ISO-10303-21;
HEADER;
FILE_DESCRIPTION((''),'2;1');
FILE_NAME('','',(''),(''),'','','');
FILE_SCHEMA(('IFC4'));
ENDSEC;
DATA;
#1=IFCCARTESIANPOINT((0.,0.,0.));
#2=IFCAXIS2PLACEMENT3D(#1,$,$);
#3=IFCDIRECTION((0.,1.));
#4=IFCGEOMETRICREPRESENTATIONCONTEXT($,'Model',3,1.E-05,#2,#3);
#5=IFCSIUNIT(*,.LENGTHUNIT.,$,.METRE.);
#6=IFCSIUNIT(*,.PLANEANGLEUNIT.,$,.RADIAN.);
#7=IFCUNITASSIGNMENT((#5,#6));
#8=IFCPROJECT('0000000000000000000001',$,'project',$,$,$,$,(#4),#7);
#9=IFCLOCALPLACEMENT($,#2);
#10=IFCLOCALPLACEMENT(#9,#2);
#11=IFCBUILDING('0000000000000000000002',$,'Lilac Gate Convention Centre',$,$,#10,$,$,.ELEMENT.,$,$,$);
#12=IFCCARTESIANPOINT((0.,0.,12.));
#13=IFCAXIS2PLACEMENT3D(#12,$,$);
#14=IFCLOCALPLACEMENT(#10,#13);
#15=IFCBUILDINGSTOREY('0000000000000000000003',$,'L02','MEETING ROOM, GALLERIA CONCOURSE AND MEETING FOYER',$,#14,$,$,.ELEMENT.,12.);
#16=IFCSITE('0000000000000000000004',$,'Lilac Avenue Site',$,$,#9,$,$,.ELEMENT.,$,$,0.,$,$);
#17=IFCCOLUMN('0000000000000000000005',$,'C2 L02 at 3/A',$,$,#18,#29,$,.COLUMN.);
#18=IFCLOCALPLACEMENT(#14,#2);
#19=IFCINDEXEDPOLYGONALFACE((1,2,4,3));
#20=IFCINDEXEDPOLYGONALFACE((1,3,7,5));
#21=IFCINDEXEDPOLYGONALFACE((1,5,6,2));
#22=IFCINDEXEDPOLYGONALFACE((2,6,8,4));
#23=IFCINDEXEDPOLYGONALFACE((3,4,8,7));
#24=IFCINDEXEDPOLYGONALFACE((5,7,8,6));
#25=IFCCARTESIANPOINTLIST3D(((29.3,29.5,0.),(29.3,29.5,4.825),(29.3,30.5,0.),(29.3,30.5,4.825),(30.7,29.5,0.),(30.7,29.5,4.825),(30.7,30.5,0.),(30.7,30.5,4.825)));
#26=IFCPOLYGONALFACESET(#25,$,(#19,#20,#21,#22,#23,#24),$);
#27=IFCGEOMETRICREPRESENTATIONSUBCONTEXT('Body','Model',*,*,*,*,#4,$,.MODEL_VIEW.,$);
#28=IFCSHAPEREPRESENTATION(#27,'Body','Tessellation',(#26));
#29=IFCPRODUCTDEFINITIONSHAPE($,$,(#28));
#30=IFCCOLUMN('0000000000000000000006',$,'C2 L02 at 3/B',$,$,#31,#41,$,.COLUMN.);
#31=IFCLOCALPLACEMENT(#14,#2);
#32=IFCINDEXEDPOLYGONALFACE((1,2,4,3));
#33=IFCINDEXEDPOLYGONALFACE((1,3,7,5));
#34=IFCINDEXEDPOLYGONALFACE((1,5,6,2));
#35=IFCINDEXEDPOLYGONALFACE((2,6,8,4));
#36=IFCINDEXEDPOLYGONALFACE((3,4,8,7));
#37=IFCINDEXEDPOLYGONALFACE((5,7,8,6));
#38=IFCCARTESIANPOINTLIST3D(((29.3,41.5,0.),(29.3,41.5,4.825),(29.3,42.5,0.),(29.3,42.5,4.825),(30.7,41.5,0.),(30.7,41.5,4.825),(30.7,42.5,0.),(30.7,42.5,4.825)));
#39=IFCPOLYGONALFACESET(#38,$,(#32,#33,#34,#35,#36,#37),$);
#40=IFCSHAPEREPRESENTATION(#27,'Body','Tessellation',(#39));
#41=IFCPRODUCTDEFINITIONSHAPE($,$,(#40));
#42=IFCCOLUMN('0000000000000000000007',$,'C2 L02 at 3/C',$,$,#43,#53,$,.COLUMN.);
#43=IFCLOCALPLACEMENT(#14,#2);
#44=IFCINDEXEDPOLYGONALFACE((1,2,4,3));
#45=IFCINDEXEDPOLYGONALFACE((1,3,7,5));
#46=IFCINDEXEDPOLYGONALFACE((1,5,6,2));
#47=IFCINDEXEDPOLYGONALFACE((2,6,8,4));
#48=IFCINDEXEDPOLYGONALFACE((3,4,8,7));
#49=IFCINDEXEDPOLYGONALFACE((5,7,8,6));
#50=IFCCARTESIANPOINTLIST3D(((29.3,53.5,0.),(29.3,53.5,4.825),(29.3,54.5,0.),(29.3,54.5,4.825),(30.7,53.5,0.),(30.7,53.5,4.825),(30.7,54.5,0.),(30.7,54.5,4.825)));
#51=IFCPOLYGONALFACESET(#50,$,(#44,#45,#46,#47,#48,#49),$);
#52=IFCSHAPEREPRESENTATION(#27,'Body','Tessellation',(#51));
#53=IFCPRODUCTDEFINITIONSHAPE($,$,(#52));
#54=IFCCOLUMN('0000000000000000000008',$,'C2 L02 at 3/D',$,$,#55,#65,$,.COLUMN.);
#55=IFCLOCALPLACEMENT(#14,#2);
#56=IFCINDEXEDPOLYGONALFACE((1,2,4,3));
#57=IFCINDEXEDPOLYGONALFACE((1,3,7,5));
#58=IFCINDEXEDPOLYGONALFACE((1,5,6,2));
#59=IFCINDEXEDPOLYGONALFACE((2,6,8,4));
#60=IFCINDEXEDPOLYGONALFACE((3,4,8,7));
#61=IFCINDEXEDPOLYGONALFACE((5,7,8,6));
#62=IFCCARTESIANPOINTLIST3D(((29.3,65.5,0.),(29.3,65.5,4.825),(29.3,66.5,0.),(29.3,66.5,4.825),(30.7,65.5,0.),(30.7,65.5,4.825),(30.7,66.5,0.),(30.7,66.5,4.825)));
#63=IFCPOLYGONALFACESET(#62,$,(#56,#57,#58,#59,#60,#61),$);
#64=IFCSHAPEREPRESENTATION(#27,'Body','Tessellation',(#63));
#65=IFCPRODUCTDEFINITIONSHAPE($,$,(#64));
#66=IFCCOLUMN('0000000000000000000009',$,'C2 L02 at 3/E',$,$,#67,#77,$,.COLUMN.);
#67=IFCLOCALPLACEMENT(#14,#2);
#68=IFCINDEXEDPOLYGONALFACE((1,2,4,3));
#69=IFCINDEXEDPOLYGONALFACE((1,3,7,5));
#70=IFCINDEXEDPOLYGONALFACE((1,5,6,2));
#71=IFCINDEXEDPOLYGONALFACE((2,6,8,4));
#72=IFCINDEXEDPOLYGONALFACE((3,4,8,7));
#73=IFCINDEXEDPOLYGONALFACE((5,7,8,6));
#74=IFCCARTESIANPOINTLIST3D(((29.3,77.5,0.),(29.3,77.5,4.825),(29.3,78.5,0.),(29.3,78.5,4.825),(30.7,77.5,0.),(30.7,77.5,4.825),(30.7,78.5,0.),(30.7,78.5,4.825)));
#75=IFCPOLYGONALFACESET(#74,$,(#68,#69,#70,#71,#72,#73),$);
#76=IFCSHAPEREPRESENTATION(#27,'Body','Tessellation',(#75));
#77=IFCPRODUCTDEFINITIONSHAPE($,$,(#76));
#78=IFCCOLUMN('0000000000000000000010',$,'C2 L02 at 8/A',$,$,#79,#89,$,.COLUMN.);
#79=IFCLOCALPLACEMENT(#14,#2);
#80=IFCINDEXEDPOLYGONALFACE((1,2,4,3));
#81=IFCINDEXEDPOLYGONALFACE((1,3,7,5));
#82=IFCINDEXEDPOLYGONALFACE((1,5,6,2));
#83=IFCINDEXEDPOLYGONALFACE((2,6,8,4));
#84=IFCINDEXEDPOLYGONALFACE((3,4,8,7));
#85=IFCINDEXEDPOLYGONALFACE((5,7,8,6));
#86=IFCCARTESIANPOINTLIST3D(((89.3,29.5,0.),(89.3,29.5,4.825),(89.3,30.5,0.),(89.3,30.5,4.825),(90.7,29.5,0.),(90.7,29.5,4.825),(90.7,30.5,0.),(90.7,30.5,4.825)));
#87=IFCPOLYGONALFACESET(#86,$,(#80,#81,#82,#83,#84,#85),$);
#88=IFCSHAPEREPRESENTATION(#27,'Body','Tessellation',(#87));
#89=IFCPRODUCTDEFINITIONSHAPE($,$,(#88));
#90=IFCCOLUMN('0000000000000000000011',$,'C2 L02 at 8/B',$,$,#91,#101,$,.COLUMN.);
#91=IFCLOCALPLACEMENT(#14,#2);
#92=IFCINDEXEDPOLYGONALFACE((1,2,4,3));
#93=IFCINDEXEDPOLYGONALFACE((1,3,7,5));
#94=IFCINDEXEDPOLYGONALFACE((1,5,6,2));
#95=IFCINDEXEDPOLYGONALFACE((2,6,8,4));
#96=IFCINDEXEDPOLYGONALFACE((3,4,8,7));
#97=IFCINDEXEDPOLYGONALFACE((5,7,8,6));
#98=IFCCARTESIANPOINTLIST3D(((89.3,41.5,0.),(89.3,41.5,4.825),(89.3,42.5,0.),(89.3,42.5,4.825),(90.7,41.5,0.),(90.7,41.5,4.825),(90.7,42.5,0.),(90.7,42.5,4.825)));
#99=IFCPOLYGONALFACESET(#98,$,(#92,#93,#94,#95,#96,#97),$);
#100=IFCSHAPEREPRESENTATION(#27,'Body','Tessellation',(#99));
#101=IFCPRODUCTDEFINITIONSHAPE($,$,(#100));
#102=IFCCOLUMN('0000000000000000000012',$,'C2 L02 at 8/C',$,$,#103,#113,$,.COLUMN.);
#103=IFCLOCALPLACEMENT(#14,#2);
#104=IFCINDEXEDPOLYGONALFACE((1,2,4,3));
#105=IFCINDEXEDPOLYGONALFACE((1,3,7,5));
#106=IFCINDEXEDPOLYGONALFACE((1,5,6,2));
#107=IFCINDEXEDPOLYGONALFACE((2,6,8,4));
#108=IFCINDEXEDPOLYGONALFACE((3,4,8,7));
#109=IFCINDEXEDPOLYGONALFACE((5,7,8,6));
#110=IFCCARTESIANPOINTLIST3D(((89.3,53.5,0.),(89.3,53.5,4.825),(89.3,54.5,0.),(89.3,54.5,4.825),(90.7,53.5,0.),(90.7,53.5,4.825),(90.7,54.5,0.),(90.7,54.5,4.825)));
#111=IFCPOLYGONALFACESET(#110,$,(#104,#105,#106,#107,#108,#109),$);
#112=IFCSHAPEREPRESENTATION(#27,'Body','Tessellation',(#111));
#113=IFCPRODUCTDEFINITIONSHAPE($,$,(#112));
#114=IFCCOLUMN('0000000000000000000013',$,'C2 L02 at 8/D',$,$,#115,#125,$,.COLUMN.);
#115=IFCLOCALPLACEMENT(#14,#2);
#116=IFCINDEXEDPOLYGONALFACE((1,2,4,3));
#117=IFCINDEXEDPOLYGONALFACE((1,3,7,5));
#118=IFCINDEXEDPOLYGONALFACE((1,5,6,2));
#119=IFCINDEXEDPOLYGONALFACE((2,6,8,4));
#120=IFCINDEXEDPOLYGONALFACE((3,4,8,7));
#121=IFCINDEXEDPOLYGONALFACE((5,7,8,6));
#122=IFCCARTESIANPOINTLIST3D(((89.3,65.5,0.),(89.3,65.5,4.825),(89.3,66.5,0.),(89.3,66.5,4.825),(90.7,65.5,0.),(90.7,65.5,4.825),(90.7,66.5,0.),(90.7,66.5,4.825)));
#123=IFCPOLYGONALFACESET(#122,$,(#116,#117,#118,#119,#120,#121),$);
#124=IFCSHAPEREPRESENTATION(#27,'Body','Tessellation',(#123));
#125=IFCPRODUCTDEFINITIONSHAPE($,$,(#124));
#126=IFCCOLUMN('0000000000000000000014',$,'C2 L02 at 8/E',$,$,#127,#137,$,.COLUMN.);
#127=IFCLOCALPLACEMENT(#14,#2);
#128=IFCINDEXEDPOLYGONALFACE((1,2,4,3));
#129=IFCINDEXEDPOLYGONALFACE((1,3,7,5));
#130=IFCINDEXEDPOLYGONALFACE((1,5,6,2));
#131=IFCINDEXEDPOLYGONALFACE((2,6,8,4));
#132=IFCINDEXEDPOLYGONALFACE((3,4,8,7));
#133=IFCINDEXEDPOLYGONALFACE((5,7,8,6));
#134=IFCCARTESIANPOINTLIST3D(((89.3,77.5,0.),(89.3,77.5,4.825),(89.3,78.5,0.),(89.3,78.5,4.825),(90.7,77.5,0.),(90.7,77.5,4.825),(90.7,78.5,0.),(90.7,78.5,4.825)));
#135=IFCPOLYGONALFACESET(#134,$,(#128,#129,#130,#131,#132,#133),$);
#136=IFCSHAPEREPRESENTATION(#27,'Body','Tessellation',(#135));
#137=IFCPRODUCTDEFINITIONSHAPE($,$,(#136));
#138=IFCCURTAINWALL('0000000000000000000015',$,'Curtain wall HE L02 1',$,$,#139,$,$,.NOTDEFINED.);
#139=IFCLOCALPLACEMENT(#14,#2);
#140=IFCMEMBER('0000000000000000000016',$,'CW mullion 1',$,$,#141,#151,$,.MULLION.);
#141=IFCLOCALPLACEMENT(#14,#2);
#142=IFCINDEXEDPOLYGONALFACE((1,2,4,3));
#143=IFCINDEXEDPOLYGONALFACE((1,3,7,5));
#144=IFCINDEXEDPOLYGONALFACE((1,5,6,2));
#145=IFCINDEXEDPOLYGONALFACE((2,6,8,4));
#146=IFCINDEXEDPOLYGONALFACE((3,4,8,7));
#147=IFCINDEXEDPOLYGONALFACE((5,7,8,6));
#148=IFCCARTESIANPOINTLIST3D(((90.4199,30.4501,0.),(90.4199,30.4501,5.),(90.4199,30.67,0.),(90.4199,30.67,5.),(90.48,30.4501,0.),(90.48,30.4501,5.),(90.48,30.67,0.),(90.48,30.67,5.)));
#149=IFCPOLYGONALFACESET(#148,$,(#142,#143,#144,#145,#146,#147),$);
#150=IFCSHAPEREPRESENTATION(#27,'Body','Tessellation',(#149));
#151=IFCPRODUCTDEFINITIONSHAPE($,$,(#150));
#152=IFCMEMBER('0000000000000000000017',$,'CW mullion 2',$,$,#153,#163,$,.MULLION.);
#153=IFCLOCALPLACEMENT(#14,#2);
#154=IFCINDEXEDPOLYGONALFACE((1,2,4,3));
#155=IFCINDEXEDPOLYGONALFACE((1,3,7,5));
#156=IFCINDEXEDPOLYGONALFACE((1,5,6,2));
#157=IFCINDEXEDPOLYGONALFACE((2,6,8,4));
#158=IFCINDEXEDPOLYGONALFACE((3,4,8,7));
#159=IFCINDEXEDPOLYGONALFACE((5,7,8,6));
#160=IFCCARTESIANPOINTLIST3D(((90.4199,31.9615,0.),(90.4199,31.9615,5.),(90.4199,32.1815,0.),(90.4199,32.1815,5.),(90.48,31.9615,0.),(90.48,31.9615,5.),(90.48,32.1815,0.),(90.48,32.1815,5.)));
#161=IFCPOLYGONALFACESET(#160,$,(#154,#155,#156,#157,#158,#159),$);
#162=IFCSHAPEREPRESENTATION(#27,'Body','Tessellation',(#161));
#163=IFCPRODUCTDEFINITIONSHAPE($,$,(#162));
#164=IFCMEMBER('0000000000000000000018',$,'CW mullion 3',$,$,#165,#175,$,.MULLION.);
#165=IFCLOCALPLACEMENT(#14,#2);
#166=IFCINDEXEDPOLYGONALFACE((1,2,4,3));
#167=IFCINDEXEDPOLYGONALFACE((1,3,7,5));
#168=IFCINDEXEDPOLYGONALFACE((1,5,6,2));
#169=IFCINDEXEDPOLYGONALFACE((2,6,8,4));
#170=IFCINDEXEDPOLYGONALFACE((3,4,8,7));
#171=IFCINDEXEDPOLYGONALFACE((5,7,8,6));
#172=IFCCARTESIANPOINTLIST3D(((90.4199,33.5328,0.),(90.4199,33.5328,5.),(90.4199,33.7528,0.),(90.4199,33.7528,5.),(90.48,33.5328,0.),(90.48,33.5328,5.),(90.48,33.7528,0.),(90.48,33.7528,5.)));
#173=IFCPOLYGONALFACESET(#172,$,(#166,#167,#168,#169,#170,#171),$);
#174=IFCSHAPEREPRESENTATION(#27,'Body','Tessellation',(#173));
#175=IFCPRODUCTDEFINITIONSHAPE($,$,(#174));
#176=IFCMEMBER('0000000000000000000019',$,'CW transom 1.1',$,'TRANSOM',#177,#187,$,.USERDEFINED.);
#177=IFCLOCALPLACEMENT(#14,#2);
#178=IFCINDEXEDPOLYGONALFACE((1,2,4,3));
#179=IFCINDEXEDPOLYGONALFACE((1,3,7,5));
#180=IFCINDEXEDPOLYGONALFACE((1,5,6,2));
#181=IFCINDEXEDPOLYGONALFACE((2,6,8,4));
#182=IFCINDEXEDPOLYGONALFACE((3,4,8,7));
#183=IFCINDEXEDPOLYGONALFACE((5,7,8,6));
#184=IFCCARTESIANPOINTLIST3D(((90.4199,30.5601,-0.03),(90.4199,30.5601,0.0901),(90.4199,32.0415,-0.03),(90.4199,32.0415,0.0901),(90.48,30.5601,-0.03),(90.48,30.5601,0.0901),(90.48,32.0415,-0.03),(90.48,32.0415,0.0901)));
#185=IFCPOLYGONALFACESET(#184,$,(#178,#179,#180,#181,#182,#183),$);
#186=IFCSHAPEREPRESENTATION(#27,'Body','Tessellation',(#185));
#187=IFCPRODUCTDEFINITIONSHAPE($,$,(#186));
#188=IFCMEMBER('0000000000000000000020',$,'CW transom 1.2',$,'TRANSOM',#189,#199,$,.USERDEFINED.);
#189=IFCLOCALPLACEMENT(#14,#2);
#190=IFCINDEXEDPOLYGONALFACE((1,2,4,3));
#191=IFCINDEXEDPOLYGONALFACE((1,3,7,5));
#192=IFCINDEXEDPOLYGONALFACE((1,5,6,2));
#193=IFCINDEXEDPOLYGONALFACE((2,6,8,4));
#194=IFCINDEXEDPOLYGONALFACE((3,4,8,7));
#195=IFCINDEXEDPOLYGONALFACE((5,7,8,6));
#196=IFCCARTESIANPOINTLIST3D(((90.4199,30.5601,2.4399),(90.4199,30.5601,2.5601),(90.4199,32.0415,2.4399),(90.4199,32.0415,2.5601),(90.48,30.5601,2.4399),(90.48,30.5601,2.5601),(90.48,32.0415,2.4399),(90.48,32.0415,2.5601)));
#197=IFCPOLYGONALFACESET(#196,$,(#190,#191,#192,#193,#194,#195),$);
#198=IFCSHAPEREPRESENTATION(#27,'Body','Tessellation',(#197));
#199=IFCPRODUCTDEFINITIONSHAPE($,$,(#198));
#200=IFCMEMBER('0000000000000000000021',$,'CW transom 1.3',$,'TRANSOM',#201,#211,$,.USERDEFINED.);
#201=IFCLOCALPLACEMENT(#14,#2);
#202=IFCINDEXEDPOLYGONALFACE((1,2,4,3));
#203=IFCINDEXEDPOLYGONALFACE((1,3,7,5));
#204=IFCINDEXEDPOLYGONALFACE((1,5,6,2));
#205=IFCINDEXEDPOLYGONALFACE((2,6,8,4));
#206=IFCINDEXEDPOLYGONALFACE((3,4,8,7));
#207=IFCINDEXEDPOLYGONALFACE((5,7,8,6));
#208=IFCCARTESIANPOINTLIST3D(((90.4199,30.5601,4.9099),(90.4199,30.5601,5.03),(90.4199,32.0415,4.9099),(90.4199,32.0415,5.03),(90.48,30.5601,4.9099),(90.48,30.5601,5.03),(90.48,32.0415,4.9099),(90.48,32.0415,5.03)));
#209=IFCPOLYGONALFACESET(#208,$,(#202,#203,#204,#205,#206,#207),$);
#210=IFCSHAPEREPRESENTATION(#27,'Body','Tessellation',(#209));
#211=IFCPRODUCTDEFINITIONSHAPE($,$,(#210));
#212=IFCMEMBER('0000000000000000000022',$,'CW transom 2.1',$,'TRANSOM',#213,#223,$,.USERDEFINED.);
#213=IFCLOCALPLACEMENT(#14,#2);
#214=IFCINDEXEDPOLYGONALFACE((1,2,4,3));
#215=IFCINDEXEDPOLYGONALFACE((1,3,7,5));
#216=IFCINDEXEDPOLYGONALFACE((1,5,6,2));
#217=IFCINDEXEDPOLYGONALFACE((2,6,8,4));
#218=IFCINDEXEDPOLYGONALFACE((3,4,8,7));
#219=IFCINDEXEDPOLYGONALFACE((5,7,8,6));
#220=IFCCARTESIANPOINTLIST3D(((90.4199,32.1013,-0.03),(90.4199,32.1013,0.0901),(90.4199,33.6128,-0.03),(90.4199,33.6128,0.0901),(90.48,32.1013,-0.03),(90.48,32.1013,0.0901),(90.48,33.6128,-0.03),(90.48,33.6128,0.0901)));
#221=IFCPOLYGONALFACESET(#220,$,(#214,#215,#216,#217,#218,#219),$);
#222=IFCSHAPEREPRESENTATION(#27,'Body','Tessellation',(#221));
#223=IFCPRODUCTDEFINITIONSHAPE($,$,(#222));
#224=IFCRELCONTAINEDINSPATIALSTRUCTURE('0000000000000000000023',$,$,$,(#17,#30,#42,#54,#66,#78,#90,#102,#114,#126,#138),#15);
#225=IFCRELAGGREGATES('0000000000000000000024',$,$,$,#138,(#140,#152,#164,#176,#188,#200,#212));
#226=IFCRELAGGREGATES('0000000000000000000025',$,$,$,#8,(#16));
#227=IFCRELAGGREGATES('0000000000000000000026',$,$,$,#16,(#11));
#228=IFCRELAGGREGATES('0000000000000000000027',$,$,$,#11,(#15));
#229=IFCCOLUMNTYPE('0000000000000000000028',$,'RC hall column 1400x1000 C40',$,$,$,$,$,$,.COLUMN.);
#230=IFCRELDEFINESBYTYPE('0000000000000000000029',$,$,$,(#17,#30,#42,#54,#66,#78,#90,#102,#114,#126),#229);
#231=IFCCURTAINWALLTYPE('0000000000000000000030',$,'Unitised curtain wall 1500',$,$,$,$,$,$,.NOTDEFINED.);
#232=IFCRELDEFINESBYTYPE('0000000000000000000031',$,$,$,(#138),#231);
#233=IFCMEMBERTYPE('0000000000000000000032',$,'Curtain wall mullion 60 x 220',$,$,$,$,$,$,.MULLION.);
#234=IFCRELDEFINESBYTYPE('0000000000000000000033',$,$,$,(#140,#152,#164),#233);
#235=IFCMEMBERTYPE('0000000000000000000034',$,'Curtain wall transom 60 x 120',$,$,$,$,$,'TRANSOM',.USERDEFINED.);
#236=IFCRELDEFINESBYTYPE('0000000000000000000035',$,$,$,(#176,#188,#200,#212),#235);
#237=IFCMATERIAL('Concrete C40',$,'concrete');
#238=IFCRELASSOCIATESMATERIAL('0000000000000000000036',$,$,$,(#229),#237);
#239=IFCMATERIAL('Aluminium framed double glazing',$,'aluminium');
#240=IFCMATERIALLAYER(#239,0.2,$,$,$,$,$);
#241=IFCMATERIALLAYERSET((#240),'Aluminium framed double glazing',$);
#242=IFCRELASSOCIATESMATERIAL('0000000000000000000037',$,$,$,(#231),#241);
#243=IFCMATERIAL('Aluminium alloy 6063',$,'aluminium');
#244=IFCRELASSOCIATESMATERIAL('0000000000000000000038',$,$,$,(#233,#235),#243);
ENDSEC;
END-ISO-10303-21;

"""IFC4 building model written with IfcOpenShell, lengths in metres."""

from ifc_helpers import new_model, si_unit, direction, frame, origin, origin_2d, place, context, subcontext, project, spatial, rectangle, extrude, material, layer, layer_set, material_profile, profile_set, type_object, element, aggregate, save


model = new_model("IFC4")

# Units and contexts
model_context = context("Model", 3, precision=1e-05, world=origin(), true_north=direction((0.0, 1.0)))
body_context = subcontext(model_context, "Body", "Model", "MODEL_VIEW")
ifc_project = project(units=[si_unit("LENGTHUNIT", "METRE"), si_unit("PLANEANGLEUNIT", "RADIAN")], contexts=[model_context])

# Site, building, storey
site_placement = place(None, origin())
site = spatial("IfcSite", under=ifc_project, at=site_placement, Name="Lilac Avenue Site", CompositionType="ELEMENT", RefElevation=0.0)
building_placement = place(site_placement, origin())
building = spatial("IfcBuilding", under=site, at=building_placement, Name="Lilac Gate Convention Centre", CompositionType="ELEMENT")
storey_placement = place(building_placement, frame((0.0, 0.0, 12.0)))
storey = spatial("IfcBuildingStorey", under=building, at=storey_placement, Name="L02", Description="MEETING ROOM, GALLERIA CONCOURSE AND MEETING FOYER", CompositionType="ELEMENT", Elevation=12.0)

# Columns
ifc_material_1 = material(Name="Concrete C40", Category="concrete")
ifc_material_profile_1 = material_profile(ifc_material_1, rectangle(XDim=1.3999, YDim=1.0, at=origin_2d()), Name="RC 1400x1000")
ifc_profile_set_1 = profile_set([ifc_material_profile_1], Name="Concrete C40")
column_type = type_object("IfcColumnType", Name="RC hall column 1400x1000 C40", PredefinedType="COLUMN", material=ifc_profile_set_1)
for number, where, z_axis, x_axis, name in (
    (1, (30.0, 30.0, 0.0), (0.0, 0.0, 1.0), (1.0, 0.0, 0.0), "C2 L02 at 3/A"),
    (2, (30.0, 42.0, 0.0), (0.0, 0.0, 1.0), (1.0, 0.0, 0.0), "C2 L02 at 3/B"),
    (3, (30.0, 54.0, 0.0), (0.0, 0.0, 1.0), (1.0, 0.0, 0.0), "C2 L02 at 3/C"),
    (4, (30.0, 66.0, 0.0), (0.0, 0.0, 1.0), (1.0, 0.0, 0.0), "C2 L02 at 3/D"),
    (5, (30.0, 78.0, 0.0), (0.0, 0.0, 1.0), (1.0, 0.0, 0.0), "C2 L02 at 3/E"),
    (6, (90.0, 30.0, 0.0), (0.0, 0.0, 1.0), (1.0, 0.0, 0.0), "C2 L02 at 8/A"),
    (7, (90.0, 42.0, 0.0), (0.0, 0.0, 1.0), (1.0, 0.0, 0.0), "C2 L02 at 8/B"),
    (8, (90.0, 54.0, 0.0), (0.0, 0.0, 1.0), (1.0, 0.0, 0.0), "C2 L02 at 8/C"),
    (9, (90.0, 66.0, 0.0), (0.0, 0.0, 1.0), (1.0, 0.0, 0.0), "C2 L02 at 8/D"),
    (10, (90.0, 78.0, 0.0), (0.0, 0.0, 1.0), (1.0, 0.0, 0.0), "C2 L02 at 8/E"),
):
    element("IfcColumn", number, at=place(storey_placement, frame(where, z_axis=z_axis, x_axis=x_axis)), inside=storey, type_object=column_type, Name=name, PredefinedType="COLUMN", context=body_context, shape_type="SweptSolid", body=[
        extrude(rectangle(XDim=1.3999, YDim=1.0, at=origin_2d()), origin(), (0.0, 0.0, 1.0), 4.825),
    ])

# Curtain wall, members
ifc_material_2 = material(Name="Aluminium framed double glazing", Category="aluminium")
ifc_layer_1 = layer(ifc_material_2, 0.2)
ifc_layer_set_1 = layer_set([ifc_layer_1], Name="Aluminium framed double glazing")
curtain_wall_type = type_object("IfcCurtainWallType", Name="Unitised curtain wall 1500", PredefinedType="NOTDEFINED", material=ifc_layer_set_1)
curtain_wall_placement = place(storey_placement, origin())
curtain_wall = element("IfcCurtainWall", 11, at=curtain_wall_placement, inside=storey, type_object=curtain_wall_type, Name="Curtain wall HE L02 1", PredefinedType="NOTDEFINED")
ifc_material_3 = material(Name="Aluminium alloy 6063", Category="aluminium")
ifc_material_profile_2 = material_profile(ifc_material_3, rectangle(XDim=0.0601, YDim=0.22, at=origin_2d()), Name="Curtain wall mullion 60 x 220")
ifc_profile_set_2 = profile_set([ifc_material_profile_2], Name="Aluminium alloy 6063")
member_type_1 = type_object("IfcMemberType", Name="Curtain wall mullion 60 x 220", PredefinedType="MULLION", material=ifc_profile_set_2)
member_1_placement = place(storey_placement, frame((90.45, 30.5601, 0.0), z_axis=(0.0, 0.0, 1.0), x_axis=(-1.0, 0.0, 0.0)))
member_1 = element("IfcMember", 12, at=member_1_placement, type_object=member_type_1, Name="CW mullion 1", PredefinedType="MULLION", context=body_context, shape_type="SweptSolid", body=[
    extrude(rectangle(XDim=0.0601, YDim=0.22, at=origin_2d()), origin(), (0.0, 0.0, 1.0), 5.0),
])
member_2_placement = place(storey_placement, frame((90.45, 32.0715, 0.0), z_axis=(0.0, 0.0, 1.0), x_axis=(-1.0, 0.0, 0.0)))
member_2 = element("IfcMember", 13, at=member_2_placement, type_object=member_type_1, Name="CW mullion 2", PredefinedType="MULLION", context=body_context, shape_type="SweptSolid", body=[
    extrude(rectangle(XDim=0.0601, YDim=0.22, at=origin_2d()), origin(), (0.0, 0.0, 1.0), 5.0),
])
member_3_placement = place(storey_placement, frame((90.45, 33.6428, 0.0), z_axis=(0.0, 0.0, 1.0), x_axis=(-1.0, 0.0, 0.0)))
member_3 = element("IfcMember", 14, at=member_3_placement, type_object=member_type_1, Name="CW mullion 3", PredefinedType="MULLION", context=body_context, shape_type="SweptSolid", body=[
    extrude(rectangle(XDim=0.0601, YDim=0.22, at=origin_2d()), origin(), (0.0, 0.0, 1.0), 5.0),
])
ifc_material_profile_3 = material_profile(ifc_material_3, rectangle(XDim=0.0601, YDim=0.1201, at=origin_2d()), Name="Curtain wall transom 60 x 120")
ifc_profile_set_3 = profile_set([ifc_material_profile_3], Name="Aluminium alloy 6063")
member_type_2 = type_object("IfcMemberType", Name="Curtain wall transom 60 x 120", ElementType="TRANSOM", PredefinedType="USERDEFINED", material=ifc_profile_set_3)
member_4_placement = place(storey_placement, frame((90.45, 30.5601, 0.03), z_axis=(0.0, 1.0, 0.0), x_axis=(-1.0, 0.0, 0.0)))
member_4 = element("IfcMember", 15, at=member_4_placement, type_object=member_type_2, Name="CW transom 1.1", ObjectType="TRANSOM", PredefinedType="USERDEFINED", context=body_context, shape_type="SweptSolid", body=[
    extrude(rectangle(XDim=0.0601, YDim=0.1201, at=origin_2d()), origin(), (0.0, 0.0, 1.0), 1.4814),
])
member_5_placement = place(storey_placement, frame((90.45, 30.5601, 2.5), z_axis=(0.0, 1.0, 0.0), x_axis=(-1.0, 0.0, 0.0)))
member_5 = element("IfcMember", 16, at=member_5_placement, type_object=member_type_2, Name="CW transom 1.2", ObjectType="TRANSOM", PredefinedType="USERDEFINED", context=body_context, shape_type="SweptSolid", body=[
    extrude(rectangle(XDim=0.0601, YDim=0.1201, at=origin_2d()), origin(), (0.0, 0.0, 1.0), 1.4814),
])
member_6_placement = place(storey_placement, frame((90.45, 30.5601, 4.97), z_axis=(0.0, 1.0, 0.0), x_axis=(-1.0, 0.0, 0.0)))
member_6 = element("IfcMember", 17, at=member_6_placement, type_object=member_type_2, Name="CW transom 1.3", ObjectType="TRANSOM", PredefinedType="USERDEFINED", context=body_context, shape_type="SweptSolid", body=[
    extrude(rectangle(XDim=0.0601, YDim=0.1201, at=origin_2d()), origin(), (0.0, 0.0, 1.0), 1.4814),
])
member_7_placement = place(storey_placement, frame((90.45, 32.1013, 0.03), z_axis=(0.0, 1.0, 0.0), x_axis=(-1.0, 0.0, 0.0)))
member_7 = element("IfcMember", 18, at=member_7_placement, type_object=member_type_2, Name="CW transom 2.1", ObjectType="TRANSOM", PredefinedType="USERDEFINED", context=body_context, shape_type="SweptSolid", body=[
    extrude(rectangle(XDim=0.0601, YDim=0.1201, at=origin_2d()), origin(), (0.0, 0.0, 1.0), 1.5115),
])
aggregate(curtain_wall, [member_1, member_2, member_3, member_4, member_5, member_6, member_7])

save(model, "model.ifc")
